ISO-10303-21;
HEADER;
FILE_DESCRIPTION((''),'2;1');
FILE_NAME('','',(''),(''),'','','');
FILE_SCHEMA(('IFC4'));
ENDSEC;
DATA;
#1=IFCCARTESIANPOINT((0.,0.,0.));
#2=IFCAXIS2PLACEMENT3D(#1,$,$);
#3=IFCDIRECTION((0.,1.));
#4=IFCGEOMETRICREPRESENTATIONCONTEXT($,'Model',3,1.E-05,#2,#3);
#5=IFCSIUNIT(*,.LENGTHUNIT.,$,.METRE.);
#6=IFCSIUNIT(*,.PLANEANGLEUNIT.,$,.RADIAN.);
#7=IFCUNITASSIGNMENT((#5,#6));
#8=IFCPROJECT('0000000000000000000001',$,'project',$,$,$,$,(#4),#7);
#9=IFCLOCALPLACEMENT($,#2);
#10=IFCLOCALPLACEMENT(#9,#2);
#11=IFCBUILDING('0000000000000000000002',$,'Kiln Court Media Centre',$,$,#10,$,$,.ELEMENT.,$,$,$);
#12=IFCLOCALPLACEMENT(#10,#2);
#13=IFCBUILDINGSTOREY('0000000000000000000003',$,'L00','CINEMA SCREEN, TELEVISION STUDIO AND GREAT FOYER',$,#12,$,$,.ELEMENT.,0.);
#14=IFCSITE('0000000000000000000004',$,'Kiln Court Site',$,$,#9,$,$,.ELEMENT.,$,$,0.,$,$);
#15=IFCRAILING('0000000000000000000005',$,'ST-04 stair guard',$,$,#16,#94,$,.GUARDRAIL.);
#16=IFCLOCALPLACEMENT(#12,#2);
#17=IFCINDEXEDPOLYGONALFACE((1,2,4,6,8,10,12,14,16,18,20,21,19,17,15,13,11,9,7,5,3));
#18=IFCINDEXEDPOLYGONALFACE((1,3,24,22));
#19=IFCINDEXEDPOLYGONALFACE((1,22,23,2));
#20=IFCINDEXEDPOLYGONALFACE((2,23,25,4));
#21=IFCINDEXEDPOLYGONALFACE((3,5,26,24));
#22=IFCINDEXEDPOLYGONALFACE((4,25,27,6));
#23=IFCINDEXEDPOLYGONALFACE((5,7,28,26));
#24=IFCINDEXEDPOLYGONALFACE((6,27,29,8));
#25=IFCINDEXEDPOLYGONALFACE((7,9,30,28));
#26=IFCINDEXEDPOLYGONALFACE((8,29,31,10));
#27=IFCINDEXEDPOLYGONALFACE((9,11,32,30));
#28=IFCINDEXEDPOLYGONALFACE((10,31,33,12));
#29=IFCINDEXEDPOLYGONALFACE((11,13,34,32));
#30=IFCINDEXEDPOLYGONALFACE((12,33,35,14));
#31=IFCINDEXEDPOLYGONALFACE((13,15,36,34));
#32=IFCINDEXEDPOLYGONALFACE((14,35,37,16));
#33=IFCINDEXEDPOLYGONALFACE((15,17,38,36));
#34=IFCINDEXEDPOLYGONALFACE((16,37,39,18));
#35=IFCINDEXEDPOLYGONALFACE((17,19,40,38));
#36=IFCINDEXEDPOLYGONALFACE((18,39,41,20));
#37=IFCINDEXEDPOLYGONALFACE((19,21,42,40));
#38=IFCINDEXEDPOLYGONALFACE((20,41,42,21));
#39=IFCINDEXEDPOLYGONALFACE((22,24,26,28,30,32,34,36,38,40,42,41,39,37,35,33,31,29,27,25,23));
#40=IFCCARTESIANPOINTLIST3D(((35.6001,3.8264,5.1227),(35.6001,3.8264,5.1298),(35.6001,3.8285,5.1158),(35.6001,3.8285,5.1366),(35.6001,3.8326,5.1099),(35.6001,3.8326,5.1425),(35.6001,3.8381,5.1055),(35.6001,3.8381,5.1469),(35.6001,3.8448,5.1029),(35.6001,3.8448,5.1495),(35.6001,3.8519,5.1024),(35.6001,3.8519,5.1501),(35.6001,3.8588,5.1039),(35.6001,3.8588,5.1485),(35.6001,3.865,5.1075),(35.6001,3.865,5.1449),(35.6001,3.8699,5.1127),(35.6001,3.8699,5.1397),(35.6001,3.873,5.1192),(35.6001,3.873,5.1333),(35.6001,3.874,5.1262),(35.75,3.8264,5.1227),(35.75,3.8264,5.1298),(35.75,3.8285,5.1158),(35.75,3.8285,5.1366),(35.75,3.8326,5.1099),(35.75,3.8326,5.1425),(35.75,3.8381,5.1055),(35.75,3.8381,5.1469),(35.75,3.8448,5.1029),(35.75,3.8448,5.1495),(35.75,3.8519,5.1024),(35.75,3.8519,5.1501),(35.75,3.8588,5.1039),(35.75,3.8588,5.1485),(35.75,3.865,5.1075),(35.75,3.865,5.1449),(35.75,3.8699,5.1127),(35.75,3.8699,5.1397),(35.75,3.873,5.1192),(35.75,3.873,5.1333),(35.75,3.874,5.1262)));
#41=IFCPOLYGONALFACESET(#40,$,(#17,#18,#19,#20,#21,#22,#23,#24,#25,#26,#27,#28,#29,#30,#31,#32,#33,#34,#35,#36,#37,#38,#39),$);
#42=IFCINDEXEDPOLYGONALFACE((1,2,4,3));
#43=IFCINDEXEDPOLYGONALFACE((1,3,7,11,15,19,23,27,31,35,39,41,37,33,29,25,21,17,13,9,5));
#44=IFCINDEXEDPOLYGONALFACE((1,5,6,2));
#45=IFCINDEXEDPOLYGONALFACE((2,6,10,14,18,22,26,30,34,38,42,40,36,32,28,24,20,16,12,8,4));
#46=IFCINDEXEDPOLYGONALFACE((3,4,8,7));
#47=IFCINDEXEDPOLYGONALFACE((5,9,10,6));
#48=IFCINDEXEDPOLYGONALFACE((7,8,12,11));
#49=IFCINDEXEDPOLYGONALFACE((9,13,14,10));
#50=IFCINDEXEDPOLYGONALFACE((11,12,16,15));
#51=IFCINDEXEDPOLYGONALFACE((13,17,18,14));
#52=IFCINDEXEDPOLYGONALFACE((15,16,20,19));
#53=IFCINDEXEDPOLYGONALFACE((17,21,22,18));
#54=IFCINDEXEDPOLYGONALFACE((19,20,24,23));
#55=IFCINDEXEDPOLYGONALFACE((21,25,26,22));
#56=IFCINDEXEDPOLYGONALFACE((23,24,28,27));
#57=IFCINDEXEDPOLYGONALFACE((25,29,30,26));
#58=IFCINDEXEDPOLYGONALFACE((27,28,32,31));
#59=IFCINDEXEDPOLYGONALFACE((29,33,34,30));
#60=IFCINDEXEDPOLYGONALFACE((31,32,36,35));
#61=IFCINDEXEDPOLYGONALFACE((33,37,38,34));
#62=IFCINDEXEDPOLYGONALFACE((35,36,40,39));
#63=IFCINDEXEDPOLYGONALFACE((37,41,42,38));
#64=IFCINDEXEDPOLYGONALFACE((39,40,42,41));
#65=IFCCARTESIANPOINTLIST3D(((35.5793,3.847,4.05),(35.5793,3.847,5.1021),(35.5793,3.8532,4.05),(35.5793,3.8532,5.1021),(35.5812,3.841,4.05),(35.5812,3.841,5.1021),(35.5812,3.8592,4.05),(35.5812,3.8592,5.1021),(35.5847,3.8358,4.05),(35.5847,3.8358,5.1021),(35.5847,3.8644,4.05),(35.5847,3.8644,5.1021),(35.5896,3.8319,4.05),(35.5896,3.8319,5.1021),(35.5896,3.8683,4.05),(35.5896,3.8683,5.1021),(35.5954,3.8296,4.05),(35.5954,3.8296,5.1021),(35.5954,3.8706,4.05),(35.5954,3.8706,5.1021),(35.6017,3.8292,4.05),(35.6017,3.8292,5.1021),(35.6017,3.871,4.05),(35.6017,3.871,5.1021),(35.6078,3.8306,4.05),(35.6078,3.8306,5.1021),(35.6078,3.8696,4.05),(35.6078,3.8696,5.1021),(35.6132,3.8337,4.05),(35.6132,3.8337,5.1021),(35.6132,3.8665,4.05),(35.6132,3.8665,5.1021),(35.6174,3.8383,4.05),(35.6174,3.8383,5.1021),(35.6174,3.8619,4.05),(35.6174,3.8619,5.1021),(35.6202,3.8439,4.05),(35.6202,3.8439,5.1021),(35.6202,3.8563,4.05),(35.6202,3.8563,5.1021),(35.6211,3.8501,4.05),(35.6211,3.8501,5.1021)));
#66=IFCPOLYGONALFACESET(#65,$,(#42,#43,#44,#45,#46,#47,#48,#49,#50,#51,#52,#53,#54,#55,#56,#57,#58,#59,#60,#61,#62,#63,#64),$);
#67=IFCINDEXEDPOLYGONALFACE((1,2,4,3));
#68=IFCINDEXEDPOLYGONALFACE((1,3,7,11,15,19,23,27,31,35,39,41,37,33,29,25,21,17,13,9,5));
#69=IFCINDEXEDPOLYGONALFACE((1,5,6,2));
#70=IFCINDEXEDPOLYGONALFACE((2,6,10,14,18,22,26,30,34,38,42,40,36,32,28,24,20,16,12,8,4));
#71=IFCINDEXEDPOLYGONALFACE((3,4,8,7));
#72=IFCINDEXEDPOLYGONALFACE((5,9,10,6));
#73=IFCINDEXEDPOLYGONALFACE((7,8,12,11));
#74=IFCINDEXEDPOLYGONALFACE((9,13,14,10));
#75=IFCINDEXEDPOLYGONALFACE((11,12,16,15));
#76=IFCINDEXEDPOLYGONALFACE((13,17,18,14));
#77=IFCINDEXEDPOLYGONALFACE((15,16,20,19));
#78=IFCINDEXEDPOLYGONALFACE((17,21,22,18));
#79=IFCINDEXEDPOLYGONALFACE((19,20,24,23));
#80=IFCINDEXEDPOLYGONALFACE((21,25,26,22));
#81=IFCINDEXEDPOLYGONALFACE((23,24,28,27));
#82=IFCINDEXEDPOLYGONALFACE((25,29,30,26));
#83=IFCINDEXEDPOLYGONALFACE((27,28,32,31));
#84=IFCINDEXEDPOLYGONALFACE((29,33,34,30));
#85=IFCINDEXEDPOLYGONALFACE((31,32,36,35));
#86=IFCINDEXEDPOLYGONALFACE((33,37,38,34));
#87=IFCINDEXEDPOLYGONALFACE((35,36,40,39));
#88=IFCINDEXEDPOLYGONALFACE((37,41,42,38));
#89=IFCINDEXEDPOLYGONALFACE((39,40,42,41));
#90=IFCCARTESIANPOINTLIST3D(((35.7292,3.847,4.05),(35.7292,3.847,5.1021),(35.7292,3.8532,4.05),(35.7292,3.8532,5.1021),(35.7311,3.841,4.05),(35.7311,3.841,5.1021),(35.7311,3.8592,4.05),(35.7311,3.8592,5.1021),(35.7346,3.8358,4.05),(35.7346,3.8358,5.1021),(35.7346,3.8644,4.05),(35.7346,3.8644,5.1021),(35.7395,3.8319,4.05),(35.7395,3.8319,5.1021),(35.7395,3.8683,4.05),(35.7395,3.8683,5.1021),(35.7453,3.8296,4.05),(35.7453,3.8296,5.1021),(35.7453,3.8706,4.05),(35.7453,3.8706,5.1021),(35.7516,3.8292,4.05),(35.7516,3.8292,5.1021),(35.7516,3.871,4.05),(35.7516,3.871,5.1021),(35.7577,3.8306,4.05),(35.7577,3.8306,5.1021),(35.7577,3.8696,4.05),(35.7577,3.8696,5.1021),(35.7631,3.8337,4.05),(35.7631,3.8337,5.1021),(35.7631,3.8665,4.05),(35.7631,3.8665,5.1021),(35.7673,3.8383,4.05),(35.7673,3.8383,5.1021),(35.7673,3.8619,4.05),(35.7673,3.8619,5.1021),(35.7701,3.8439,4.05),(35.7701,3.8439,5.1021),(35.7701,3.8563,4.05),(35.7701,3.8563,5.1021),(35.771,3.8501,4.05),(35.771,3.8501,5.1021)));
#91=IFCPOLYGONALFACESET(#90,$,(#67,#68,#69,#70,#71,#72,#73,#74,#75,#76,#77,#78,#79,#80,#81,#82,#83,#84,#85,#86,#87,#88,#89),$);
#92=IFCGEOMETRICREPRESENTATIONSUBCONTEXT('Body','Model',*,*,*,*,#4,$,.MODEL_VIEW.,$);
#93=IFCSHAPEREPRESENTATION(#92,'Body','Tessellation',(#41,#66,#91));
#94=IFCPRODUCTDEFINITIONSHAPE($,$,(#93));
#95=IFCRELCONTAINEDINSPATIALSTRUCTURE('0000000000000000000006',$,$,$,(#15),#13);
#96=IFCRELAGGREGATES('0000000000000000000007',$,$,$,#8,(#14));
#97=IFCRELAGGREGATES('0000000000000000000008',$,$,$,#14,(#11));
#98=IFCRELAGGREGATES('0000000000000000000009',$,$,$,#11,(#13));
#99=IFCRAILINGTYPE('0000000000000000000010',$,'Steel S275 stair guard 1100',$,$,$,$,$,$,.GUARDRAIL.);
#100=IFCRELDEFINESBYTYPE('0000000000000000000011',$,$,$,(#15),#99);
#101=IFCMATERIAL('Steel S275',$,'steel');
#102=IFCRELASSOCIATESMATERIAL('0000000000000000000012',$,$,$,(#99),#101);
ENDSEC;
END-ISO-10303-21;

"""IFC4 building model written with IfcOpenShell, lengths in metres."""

from ifc_helpers import new_model, si_unit, direction, frame, origin, origin_2d, place, context, subcontext, project, spatial, circle, extrude, material, type_object, element, save


model = new_model("IFC4")

# Units and contexts
model_context = context("Model", 3, precision=1e-05, world=origin(), true_north=direction((0.0, 1.0)))
body_context = subcontext(model_context, "Body", "Model", "MODEL_VIEW")
ifc_project = project(units=[si_unit("LENGTHUNIT", "METRE"), si_unit("PLANEANGLEUNIT", "RADIAN")], contexts=[model_context])

# Site, building, storey
site_placement = place(None, origin())
site = spatial("IfcSite", under=ifc_project, at=site_placement, Name="Kiln Court Site", CompositionType="ELEMENT", RefElevation=0.0)
building_placement = place(site_placement, origin())
building = spatial("IfcBuilding", under=site, at=building_placement, Name="Kiln Court Media Centre", CompositionType="ELEMENT")
storey_placement = place(building_placement, origin())
storey = spatial("IfcBuildingStorey", under=building, at=storey_placement, Name="L00", Description="CINEMA SCREEN, TELEVISION STUDIO AND GREAT FOYER", CompositionType="ELEMENT", Elevation=0.0)

# Railing
ifc_material_1 = material(Name="Steel S275", Category="steel")
railing_type_1 = type_object("IfcRailingType", Name="Steel S275 stair guard 1100", PredefinedType="GUARDRAIL", material=ifc_material_1)
railing_1_placement = place(storey_placement, frame((35.6001, 3.8501, 4.05)))
element("IfcRailing", 1, at=railing_1_placement, inside=storey, type_object=railing_type_1, Name="ST-04 stair guard", PredefinedType="GUARDRAIL", context=body_context, shape_type="SweptSolid", body=[
    extrude(circle(Radius=0.0239, at=origin_2d()), frame((0.0, 0.0, 1.0762), z_axis=(1.0, 0.0, 0.0), x_axis=(0.0, 1.0, 0.0)), (0.0, 0.0, 1.0), 0.1499),
    extrude(circle(Radius=0.021, at=origin_2d()), origin(), (0.0, 0.0, 1.0), 1.052),
    extrude(circle(Radius=0.021, at=origin_2d()), frame((0.1499, 0.0, 0.0)), (0.0, 0.0, 1.0), 1.052),
])

save(model, "model.ifc")
